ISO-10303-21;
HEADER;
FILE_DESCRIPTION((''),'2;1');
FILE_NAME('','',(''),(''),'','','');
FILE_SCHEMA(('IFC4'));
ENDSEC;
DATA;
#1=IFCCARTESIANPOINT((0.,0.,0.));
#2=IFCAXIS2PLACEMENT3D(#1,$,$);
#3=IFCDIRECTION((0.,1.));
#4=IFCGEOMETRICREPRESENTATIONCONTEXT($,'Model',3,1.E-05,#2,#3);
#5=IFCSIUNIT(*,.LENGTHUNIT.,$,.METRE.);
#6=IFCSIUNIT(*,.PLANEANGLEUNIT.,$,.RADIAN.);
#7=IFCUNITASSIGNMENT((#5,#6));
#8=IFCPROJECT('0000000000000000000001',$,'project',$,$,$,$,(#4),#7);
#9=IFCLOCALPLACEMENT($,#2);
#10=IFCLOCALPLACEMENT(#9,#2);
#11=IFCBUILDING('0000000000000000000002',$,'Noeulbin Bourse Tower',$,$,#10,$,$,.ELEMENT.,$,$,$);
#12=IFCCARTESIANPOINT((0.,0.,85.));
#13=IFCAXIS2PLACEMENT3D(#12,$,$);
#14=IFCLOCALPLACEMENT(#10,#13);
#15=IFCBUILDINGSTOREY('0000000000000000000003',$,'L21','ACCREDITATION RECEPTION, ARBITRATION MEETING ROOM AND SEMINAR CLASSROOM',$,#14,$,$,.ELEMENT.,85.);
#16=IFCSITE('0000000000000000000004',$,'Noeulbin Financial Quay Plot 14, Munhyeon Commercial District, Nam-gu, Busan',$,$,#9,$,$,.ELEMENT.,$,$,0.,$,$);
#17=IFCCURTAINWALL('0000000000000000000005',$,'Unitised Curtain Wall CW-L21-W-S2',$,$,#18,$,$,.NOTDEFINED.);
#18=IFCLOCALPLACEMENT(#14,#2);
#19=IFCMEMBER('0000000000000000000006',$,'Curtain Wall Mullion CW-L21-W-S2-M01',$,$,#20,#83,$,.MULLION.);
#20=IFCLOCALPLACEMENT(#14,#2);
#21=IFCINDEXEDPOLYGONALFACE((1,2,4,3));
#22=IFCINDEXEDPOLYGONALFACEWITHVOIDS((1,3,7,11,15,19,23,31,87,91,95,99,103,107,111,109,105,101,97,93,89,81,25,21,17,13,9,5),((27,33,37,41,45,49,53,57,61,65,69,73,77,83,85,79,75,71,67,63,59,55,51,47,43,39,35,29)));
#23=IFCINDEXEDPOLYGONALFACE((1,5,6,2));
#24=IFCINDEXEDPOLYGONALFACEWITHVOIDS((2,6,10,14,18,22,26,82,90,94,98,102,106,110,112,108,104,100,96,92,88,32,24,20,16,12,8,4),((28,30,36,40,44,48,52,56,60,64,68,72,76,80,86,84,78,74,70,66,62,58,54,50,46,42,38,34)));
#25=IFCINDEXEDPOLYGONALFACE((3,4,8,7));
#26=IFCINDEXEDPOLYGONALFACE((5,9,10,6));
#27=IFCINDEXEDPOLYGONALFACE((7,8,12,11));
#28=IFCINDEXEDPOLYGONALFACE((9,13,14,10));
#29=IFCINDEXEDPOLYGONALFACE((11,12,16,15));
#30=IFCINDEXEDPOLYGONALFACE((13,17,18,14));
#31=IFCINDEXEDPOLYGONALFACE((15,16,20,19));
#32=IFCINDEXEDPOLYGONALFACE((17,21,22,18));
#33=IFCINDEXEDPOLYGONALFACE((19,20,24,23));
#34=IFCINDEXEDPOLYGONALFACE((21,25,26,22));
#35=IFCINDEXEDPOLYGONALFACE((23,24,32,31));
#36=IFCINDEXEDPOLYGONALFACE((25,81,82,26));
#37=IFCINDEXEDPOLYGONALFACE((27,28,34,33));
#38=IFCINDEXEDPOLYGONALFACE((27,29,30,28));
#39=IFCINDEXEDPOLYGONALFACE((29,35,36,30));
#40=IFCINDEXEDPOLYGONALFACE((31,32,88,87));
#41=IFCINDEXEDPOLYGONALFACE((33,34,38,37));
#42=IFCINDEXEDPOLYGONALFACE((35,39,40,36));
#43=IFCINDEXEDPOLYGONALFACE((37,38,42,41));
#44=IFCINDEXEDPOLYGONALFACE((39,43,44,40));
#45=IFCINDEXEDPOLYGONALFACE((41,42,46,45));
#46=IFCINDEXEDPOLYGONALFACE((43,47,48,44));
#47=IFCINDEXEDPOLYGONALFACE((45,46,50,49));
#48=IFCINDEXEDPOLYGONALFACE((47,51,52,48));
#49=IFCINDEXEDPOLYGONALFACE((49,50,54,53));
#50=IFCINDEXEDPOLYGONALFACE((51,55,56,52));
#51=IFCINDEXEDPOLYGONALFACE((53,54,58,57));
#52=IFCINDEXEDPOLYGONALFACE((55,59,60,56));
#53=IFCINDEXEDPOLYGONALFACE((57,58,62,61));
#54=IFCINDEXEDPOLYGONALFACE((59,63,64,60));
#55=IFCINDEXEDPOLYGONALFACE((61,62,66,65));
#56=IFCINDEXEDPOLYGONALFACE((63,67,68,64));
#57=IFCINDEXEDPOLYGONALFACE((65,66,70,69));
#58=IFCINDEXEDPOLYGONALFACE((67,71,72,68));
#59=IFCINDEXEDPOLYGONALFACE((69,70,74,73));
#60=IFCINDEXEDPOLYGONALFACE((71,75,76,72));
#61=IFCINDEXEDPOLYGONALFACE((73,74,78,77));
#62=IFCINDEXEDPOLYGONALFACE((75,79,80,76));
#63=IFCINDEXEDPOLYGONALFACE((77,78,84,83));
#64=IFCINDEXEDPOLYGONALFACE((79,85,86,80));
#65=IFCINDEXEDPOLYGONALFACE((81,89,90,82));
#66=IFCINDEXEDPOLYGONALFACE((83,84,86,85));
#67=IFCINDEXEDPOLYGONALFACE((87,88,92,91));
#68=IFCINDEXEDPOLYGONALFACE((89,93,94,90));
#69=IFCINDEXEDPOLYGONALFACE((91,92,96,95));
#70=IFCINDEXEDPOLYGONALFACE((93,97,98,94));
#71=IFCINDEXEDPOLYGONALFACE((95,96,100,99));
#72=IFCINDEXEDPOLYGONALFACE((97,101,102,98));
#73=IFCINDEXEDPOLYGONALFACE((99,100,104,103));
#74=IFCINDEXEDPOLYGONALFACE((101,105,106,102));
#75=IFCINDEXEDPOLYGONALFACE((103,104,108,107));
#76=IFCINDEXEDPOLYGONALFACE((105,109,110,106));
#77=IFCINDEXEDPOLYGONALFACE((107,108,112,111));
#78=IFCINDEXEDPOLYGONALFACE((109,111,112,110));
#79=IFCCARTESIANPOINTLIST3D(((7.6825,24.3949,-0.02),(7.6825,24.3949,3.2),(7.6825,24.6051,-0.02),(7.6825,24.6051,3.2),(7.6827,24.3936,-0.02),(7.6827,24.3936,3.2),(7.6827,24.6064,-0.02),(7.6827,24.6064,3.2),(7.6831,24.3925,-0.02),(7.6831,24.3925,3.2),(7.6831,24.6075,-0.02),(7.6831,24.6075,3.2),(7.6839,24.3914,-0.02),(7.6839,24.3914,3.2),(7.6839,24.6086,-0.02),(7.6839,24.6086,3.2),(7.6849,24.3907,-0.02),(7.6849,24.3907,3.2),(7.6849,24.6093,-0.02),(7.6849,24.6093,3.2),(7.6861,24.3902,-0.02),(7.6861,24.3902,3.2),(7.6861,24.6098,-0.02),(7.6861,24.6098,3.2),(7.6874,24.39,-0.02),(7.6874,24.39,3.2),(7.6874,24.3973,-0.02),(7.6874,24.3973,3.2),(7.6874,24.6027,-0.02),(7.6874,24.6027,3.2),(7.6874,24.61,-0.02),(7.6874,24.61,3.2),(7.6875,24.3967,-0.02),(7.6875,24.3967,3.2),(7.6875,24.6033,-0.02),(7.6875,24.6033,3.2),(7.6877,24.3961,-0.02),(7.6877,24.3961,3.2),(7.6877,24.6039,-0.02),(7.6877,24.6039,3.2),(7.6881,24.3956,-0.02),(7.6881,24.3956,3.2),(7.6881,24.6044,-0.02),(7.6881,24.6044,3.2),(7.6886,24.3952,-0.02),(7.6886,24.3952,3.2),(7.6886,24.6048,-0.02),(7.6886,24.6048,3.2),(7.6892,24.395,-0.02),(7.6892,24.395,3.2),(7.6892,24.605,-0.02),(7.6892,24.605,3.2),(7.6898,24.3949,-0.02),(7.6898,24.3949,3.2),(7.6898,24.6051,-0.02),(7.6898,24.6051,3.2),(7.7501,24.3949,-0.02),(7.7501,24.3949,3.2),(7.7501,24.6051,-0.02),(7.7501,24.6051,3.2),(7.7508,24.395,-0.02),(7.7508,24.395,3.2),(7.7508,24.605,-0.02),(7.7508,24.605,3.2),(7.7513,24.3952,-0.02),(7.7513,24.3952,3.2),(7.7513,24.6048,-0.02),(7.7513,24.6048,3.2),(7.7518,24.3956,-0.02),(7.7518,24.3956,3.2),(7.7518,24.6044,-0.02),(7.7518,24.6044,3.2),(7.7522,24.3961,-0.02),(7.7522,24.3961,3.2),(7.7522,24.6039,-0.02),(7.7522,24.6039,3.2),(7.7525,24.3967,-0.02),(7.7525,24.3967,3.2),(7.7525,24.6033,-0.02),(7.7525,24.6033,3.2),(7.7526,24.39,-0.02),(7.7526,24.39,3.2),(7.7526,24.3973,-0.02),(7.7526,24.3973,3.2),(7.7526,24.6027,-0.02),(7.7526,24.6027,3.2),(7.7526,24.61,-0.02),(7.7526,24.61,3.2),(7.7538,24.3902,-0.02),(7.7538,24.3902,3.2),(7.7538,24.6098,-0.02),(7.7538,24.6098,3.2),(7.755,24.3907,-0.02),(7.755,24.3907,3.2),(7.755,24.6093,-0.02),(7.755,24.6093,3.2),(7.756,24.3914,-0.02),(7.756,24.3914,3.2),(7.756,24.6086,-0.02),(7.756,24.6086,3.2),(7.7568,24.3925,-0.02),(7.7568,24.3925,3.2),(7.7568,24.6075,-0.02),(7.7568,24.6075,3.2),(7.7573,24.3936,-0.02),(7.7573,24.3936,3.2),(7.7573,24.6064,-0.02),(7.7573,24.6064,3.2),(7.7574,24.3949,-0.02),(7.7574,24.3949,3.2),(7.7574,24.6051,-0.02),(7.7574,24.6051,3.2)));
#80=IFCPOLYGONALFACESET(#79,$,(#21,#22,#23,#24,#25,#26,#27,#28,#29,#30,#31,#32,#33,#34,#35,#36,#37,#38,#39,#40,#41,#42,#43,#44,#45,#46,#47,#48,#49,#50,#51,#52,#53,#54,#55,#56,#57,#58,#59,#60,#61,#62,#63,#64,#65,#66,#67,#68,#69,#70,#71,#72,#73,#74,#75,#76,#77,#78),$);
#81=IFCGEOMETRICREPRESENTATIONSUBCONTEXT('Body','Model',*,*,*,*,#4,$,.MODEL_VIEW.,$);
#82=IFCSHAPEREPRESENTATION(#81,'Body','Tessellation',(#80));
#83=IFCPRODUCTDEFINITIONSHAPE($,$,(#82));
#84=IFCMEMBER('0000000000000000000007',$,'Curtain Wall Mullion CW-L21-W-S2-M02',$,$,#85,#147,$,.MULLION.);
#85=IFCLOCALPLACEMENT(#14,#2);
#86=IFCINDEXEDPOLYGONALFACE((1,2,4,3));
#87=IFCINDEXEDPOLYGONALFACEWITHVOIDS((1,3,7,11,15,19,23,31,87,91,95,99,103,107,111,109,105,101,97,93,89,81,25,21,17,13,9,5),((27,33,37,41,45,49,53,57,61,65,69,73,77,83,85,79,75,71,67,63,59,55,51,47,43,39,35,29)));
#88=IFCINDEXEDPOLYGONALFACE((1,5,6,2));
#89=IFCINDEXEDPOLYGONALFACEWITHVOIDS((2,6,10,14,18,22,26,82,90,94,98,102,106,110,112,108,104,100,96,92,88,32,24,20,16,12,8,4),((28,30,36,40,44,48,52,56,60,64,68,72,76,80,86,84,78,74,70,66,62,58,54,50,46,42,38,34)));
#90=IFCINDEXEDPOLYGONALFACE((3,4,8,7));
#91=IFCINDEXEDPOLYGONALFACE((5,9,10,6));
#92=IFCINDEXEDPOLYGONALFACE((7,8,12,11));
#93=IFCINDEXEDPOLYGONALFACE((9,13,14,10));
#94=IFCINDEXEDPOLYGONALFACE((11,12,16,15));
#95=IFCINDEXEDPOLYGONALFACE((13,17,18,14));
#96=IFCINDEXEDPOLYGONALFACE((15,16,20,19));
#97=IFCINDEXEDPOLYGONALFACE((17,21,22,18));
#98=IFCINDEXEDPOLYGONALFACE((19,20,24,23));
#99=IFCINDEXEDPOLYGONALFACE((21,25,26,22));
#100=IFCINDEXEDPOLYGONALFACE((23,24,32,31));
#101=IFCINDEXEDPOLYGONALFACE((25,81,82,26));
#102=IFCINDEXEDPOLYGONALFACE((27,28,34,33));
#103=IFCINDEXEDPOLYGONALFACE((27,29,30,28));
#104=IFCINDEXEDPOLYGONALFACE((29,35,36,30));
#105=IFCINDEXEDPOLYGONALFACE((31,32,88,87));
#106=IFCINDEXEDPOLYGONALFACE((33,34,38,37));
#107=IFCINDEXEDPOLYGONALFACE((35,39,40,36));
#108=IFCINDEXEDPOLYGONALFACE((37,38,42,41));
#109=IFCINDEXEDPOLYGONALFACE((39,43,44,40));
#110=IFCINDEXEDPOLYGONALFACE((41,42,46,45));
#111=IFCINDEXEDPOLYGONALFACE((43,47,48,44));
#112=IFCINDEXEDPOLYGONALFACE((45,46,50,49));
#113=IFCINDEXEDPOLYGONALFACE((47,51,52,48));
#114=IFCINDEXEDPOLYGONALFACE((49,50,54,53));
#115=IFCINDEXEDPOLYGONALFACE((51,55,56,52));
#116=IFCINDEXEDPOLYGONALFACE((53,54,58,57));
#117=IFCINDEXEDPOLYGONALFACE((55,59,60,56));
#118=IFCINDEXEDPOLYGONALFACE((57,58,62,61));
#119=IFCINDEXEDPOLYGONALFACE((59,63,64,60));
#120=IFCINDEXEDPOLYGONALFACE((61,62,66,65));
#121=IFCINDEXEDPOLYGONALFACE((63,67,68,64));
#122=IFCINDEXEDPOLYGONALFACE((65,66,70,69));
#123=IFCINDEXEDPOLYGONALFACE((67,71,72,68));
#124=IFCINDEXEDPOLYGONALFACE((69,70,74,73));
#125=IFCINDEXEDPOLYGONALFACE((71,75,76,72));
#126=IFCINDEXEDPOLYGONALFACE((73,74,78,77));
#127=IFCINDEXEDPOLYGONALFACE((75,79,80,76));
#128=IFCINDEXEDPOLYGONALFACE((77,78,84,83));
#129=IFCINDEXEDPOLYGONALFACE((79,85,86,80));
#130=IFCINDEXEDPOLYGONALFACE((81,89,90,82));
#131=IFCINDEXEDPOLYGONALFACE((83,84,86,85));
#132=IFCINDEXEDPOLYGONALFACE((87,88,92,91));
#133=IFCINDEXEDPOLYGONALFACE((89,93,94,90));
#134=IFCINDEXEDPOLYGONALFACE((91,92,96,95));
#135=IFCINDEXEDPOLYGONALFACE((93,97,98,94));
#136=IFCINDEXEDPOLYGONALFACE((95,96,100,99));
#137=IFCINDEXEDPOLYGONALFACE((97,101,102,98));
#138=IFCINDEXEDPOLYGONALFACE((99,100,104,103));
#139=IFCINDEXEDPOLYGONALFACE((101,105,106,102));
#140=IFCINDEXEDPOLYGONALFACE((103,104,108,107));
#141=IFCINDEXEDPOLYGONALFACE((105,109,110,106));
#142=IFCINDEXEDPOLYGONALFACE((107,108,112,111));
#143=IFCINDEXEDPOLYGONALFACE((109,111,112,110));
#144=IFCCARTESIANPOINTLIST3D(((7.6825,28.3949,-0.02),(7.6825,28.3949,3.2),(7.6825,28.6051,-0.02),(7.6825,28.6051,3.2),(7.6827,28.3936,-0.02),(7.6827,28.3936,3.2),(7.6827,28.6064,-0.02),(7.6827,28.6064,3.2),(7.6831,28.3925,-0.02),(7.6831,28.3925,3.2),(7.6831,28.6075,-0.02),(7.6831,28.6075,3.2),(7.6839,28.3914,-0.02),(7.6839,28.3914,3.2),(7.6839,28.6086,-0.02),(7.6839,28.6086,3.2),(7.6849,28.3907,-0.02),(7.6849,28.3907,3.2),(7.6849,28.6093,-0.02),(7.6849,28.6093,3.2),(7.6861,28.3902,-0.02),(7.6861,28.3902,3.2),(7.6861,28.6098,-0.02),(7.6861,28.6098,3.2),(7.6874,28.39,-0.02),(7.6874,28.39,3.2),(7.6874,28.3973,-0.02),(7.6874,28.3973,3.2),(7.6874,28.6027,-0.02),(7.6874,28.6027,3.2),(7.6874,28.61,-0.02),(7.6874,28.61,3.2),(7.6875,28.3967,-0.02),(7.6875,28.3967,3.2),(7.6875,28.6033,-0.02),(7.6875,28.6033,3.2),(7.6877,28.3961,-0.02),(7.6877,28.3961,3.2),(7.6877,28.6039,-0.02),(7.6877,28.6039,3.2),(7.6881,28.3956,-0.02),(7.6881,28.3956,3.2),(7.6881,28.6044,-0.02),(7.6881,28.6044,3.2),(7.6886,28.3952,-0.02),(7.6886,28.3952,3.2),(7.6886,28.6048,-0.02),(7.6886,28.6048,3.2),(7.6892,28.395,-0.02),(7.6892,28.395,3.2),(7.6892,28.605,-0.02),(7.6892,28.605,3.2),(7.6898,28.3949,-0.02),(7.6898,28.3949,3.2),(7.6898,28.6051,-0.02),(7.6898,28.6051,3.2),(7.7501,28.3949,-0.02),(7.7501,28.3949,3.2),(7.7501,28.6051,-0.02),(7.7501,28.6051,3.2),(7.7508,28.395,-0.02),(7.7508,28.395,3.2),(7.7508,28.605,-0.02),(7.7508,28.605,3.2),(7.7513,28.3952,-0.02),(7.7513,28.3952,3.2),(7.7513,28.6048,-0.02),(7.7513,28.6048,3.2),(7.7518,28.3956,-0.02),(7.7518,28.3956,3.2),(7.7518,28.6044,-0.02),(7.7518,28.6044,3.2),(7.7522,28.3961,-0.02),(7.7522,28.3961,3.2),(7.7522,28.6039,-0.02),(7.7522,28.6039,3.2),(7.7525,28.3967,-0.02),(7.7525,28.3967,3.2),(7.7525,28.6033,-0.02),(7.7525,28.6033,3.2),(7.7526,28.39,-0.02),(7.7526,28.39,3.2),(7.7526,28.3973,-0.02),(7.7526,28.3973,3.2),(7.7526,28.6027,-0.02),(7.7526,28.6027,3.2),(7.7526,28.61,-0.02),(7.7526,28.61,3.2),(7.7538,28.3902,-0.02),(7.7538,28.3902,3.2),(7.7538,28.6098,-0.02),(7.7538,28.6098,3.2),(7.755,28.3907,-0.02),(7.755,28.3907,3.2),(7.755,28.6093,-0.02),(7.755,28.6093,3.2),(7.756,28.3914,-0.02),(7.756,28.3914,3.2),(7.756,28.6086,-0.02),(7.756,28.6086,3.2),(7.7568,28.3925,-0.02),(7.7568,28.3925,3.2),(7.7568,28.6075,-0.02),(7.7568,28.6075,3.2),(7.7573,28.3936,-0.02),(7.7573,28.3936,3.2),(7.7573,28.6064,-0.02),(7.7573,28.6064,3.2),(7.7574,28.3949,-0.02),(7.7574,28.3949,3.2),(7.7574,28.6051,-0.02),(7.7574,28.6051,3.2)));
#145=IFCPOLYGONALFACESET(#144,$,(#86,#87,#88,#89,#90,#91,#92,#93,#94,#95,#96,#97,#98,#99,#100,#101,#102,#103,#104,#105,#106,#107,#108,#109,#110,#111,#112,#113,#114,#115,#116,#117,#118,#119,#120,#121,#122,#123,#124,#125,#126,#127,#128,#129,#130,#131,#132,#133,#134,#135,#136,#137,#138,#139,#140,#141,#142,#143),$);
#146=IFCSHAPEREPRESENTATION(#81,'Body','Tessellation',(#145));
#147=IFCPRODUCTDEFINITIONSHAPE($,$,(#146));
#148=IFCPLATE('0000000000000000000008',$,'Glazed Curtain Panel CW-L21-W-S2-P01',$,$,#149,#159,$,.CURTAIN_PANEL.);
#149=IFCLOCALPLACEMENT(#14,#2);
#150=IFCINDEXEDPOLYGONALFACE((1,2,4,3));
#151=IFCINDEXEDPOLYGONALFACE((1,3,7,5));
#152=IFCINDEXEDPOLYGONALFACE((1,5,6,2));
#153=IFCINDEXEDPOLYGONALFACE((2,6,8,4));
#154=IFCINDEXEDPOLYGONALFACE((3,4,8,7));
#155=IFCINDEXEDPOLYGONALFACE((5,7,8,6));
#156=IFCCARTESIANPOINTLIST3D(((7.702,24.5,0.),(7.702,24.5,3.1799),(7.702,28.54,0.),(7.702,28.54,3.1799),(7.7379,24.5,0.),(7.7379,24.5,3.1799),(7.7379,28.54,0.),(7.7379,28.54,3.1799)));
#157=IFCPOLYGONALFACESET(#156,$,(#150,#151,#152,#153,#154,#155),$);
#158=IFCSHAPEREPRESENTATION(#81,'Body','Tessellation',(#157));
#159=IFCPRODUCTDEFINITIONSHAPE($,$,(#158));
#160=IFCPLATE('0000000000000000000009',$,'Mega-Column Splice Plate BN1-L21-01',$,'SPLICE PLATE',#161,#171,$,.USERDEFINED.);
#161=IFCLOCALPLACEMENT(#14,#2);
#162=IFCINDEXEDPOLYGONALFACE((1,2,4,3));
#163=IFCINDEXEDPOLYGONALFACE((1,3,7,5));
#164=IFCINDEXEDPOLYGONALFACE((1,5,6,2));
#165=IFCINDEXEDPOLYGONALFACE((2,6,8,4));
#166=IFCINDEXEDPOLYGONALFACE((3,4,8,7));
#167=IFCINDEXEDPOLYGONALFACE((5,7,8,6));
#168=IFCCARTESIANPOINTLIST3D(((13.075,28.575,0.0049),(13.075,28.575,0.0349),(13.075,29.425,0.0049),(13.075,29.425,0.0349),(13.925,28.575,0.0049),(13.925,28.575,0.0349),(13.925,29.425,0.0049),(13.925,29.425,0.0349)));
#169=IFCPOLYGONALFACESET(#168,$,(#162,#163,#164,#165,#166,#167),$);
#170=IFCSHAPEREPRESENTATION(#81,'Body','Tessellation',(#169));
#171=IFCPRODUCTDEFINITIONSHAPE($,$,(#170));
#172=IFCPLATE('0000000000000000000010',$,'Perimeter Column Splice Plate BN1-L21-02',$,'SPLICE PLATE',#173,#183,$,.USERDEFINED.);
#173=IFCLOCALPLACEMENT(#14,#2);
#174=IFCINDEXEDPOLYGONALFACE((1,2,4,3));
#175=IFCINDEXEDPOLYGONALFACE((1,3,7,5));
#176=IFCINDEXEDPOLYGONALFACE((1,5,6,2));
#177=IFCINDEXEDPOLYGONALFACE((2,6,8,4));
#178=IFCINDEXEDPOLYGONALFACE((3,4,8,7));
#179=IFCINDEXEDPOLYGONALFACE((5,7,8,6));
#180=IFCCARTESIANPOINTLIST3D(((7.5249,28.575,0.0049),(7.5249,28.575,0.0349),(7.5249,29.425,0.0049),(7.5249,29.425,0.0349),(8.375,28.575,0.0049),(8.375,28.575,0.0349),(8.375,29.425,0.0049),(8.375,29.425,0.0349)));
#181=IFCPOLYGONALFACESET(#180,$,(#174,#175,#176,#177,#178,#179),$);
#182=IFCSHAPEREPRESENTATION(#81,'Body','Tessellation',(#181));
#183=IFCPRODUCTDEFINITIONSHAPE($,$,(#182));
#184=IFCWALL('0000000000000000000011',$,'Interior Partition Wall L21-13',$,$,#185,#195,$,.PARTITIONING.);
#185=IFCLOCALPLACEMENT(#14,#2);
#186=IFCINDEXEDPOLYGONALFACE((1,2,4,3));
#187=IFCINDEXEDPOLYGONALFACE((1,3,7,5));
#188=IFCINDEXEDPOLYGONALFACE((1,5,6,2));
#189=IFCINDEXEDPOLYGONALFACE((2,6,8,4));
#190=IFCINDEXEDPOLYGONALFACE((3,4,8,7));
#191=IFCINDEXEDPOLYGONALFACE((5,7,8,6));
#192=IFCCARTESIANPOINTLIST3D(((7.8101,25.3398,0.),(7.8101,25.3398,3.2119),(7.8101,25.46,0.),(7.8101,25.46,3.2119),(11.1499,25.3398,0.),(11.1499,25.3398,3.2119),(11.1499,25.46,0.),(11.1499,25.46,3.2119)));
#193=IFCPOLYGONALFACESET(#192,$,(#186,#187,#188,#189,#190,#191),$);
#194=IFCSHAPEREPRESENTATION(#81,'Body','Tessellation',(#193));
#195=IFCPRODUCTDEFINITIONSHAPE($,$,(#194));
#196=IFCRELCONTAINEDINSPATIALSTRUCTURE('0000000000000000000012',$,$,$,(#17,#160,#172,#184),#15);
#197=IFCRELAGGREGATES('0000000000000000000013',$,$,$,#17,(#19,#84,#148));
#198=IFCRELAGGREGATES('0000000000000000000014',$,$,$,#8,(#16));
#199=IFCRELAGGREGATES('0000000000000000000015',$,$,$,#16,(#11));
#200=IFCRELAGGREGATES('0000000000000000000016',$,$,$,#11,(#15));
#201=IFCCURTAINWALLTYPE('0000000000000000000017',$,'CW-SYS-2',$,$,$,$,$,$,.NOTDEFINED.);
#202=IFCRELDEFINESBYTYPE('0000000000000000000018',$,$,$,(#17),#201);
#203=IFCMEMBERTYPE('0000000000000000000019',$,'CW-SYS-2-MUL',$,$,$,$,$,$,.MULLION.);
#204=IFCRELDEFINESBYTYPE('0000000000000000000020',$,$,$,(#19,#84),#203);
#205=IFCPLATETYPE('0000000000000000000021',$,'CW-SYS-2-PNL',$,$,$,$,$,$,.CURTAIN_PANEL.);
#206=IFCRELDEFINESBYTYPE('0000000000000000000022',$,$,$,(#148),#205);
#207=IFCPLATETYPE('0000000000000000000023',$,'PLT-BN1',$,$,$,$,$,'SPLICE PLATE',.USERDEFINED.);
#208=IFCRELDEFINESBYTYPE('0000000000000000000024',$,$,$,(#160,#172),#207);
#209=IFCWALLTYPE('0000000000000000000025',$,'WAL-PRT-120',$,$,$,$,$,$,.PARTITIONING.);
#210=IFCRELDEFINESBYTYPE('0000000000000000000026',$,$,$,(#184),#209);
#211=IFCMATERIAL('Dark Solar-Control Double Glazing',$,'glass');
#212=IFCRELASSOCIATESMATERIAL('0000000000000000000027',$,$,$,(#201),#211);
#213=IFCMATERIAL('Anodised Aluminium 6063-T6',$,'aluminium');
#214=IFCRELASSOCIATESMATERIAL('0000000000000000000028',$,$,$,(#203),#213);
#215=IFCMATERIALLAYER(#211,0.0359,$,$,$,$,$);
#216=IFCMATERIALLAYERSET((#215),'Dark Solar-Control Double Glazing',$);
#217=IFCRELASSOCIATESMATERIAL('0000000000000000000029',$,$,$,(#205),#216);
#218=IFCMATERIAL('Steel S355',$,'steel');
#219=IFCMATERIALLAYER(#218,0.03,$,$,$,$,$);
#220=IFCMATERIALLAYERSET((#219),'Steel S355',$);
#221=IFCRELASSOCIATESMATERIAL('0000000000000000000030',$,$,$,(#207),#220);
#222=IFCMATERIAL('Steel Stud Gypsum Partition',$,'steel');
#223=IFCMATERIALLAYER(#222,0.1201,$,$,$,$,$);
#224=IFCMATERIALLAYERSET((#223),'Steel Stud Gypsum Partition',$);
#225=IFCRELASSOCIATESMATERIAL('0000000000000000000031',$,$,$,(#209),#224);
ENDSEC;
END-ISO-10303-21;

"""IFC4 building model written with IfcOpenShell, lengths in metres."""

from ifc_helpers import new_model, si_unit, direction, frame, frame_2d, origin, origin_2d, place, context, subcontext, project, spatial, rectangle, hollow_rectangle, extrude, material, layer, layer_set, material_profile, profile_set, type_object, element, aggregate, save


model = new_model("IFC4")

# Units and contexts
model_context = context("Model", 3, precision=1e-05, world=origin(), true_north=direction((0.0, 1.0)))
body_context = subcontext(model_context, "Body", "Model", "MODEL_VIEW")
ifc_project = project(units=[si_unit("LENGTHUNIT", "METRE"), si_unit("PLANEANGLEUNIT", "RADIAN")], contexts=[model_context])

# Site, building, storey
site_placement = place(None, origin())
site = spatial("IfcSite", under=ifc_project, at=site_placement, Name="Noeulbin Financial Quay Plot 14, Munhyeon Commercial District, Nam-gu, Busan", CompositionType="ELEMENT", RefElevation=0.0)
building_placement = place(site_placement, origin())
building = spatial("IfcBuilding", under=site, at=building_placement, Name="Noeulbin Bourse Tower", CompositionType="ELEMENT")
storey_placement = place(building_placement, frame((0.0, 0.0, 85.0)))
storey = spatial("IfcBuildingStorey", under=building, at=storey_placement, Name="L21", Description="ACCREDITATION RECEPTION, ARBITRATION MEETING ROOM AND SEMINAR CLASSROOM", CompositionType="ELEMENT", Elevation=85.0)

# Shared definitions
ifc_material_1 = material(Name="Steel S355", Category="steel")

# Curtain wall, members, plate
ifc_material_2 = material(Name="Dark Solar-Control Double Glazing", Category="glass")
curtain_wall_type = type_object("IfcCurtainWallType", Name="CW-SYS-2", PredefinedType="NOTDEFINED", material=ifc_material_2)
curtain_wall_placement = place(storey_placement, origin())
curtain_wall = element("IfcCurtainWall", 1, at=curtain_wall_placement, inside=storey, type_object=curtain_wall_type, Name="Unitised Curtain Wall CW-L21-W-S2", PredefinedType="NOTDEFINED")
ifc_material_3 = material(Name="Anodised Aluminium 6063-T6", Category="aluminium")
ifc_material_profile_1 = material_profile(ifc_material_3, hollow_rectangle(XDim=0.075, YDim=0.22, WallThickness=0.0049, InnerFilletRadius=0.0024, OuterFilletRadius=0.0049, at=origin_2d()), Name="ALU-MULL-75x220x5", Category="LoadBearing")
ifc_profile_set_1 = profile_set([ifc_material_profile_1], Name="Anodised Aluminium 6063-T6")
member_type = type_object("IfcMemberType", Name="CW-SYS-2-MUL", PredefinedType="MULLION", material=ifc_profile_set_1)
member_1_placement = place(storey_placement, frame((7.72, 24.5, -0.02), z_axis=(0.0, 0.0, 1.0), x_axis=(1.0, 0.0, 0.0)))
member_1 = element("IfcMember", 2, at=member_1_placement, type_object=member_type, Name="Curtain Wall Mullion CW-L21-W-S2-M01", PredefinedType="MULLION", context=body_context, shape_type="SweptSolid", body=[
    extrude(hollow_rectangle(XDim=0.075, YDim=0.22, WallThickness=0.0049, InnerFilletRadius=0.0024, OuterFilletRadius=0.0049, at=origin_2d()), origin(), (0.0, 0.0, 1.0), 3.22),
])
member_2_placement = place(storey_placement, frame((7.72, 28.5, -0.02), z_axis=(0.0, 0.0, 1.0), x_axis=(1.0, 0.0, 0.0)))
member_2 = element("IfcMember", 3, at=member_2_placement, type_object=member_type, Name="Curtain Wall Mullion CW-L21-W-S2-M02", PredefinedType="MULLION", context=body_context, shape_type="SweptSolid", body=[
    extrude(hollow_rectangle(XDim=0.075, YDim=0.22, WallThickness=0.0049, InnerFilletRadius=0.0024, OuterFilletRadius=0.0049, at=origin_2d()), origin(), (0.0, 0.0, 1.0), 3.22),
])
ifc_layer_1 = layer(ifc_material_2, 0.0359)
ifc_layer_set_1 = layer_set([ifc_layer_1], Name="Dark Solar-Control Double Glazing")
plate_type_1 = type_object("IfcPlateType", Name="CW-SYS-2-PNL", PredefinedType="CURTAIN_PANEL", material=ifc_layer_set_1)
plate_placement = place(storey_placement, frame((7.72, 26.52, 0.0), z_axis=(0.0, 0.0, 1.0), x_axis=(0.0, 1.0, 0.0)))
plate = element("IfcPlate", 4, at=plate_placement, type_object=plate_type_1, Name="Glazed Curtain Panel CW-L21-W-S2-P01", PredefinedType="CURTAIN_PANEL", context=body_context, shape_type="SweptSolid", body=[
    extrude(rectangle(XDim=4.04, YDim=0.0359, at=origin_2d()), origin(), (0.0, 0.0, 1.0), 3.1799),
])
aggregate(curtain_wall, [member_1, member_2, plate])

# Plates
ifc_layer_2 = layer(ifc_material_1, 0.03)
ifc_layer_set_2 = layer_set([ifc_layer_2], Name="Steel S355")
plate_type_2 = type_object("IfcPlateType", Name="PLT-BN1", ElementType="SPLICE PLATE", PredefinedType="USERDEFINED", material=ifc_layer_set_2)
for number, where, z_axis, x_axis, name in (
    (5, (13.5, 29.0, 0.0049), (0.0, 0.0, 1.0), (1.0, 0.0, 0.0), "Mega-Column Splice Plate BN1-L21-01"),
    (6, (7.95, 29.0, 0.0049), (0.0, 0.0, 1.0), (1.0, 0.0, 0.0), "Perimeter Column Splice Plate BN1-L21-02"),
):
    element("IfcPlate", number, at=place(storey_placement, frame(where, z_axis=z_axis, x_axis=x_axis)), inside=storey, type_object=plate_type_2, Name=name, ObjectType="SPLICE PLATE", PredefinedType="USERDEFINED", context=body_context, shape_type="SweptSolid", body=[
        extrude(rectangle(XDim=0.8501, YDim=0.8501, at=origin_2d()), origin(), (0.0, 0.0, 1.0), 0.03),
    ])

# Wall
ifc_material_4 = material(Name="Steel Stud Gypsum Partition", Category="steel")
ifc_layer_3 = layer(ifc_material_4, 0.1201)
ifc_layer_set_3 = layer_set([ifc_layer_3], Name="Steel Stud Gypsum Partition")
wall_type_1 = type_object("IfcWallType", Name="WAL-PRT-120", PredefinedType="PARTITIONING", material=ifc_layer_set_3)
wall_1_placement = place(storey_placement, frame((7.8101, 25.3999, 0.0), z_axis=(0.0, 0.0, 1.0), x_axis=(1.0, 0.0, 0.0)))
element("IfcWall", 7, at=wall_1_placement, inside=storey, type_object=wall_type_1, Name="Interior Partition Wall L21-13", PredefinedType="PARTITIONING", context=body_context, shape_type="SweptSolid", body=[
    extrude(rectangle(XDim=3.3398, YDim=0.1201, at=frame_2d((1.6699, 0.0))), origin(), (0.0, 0.0, 1.0), 3.2119),
])

save(model, "model.ifc")
